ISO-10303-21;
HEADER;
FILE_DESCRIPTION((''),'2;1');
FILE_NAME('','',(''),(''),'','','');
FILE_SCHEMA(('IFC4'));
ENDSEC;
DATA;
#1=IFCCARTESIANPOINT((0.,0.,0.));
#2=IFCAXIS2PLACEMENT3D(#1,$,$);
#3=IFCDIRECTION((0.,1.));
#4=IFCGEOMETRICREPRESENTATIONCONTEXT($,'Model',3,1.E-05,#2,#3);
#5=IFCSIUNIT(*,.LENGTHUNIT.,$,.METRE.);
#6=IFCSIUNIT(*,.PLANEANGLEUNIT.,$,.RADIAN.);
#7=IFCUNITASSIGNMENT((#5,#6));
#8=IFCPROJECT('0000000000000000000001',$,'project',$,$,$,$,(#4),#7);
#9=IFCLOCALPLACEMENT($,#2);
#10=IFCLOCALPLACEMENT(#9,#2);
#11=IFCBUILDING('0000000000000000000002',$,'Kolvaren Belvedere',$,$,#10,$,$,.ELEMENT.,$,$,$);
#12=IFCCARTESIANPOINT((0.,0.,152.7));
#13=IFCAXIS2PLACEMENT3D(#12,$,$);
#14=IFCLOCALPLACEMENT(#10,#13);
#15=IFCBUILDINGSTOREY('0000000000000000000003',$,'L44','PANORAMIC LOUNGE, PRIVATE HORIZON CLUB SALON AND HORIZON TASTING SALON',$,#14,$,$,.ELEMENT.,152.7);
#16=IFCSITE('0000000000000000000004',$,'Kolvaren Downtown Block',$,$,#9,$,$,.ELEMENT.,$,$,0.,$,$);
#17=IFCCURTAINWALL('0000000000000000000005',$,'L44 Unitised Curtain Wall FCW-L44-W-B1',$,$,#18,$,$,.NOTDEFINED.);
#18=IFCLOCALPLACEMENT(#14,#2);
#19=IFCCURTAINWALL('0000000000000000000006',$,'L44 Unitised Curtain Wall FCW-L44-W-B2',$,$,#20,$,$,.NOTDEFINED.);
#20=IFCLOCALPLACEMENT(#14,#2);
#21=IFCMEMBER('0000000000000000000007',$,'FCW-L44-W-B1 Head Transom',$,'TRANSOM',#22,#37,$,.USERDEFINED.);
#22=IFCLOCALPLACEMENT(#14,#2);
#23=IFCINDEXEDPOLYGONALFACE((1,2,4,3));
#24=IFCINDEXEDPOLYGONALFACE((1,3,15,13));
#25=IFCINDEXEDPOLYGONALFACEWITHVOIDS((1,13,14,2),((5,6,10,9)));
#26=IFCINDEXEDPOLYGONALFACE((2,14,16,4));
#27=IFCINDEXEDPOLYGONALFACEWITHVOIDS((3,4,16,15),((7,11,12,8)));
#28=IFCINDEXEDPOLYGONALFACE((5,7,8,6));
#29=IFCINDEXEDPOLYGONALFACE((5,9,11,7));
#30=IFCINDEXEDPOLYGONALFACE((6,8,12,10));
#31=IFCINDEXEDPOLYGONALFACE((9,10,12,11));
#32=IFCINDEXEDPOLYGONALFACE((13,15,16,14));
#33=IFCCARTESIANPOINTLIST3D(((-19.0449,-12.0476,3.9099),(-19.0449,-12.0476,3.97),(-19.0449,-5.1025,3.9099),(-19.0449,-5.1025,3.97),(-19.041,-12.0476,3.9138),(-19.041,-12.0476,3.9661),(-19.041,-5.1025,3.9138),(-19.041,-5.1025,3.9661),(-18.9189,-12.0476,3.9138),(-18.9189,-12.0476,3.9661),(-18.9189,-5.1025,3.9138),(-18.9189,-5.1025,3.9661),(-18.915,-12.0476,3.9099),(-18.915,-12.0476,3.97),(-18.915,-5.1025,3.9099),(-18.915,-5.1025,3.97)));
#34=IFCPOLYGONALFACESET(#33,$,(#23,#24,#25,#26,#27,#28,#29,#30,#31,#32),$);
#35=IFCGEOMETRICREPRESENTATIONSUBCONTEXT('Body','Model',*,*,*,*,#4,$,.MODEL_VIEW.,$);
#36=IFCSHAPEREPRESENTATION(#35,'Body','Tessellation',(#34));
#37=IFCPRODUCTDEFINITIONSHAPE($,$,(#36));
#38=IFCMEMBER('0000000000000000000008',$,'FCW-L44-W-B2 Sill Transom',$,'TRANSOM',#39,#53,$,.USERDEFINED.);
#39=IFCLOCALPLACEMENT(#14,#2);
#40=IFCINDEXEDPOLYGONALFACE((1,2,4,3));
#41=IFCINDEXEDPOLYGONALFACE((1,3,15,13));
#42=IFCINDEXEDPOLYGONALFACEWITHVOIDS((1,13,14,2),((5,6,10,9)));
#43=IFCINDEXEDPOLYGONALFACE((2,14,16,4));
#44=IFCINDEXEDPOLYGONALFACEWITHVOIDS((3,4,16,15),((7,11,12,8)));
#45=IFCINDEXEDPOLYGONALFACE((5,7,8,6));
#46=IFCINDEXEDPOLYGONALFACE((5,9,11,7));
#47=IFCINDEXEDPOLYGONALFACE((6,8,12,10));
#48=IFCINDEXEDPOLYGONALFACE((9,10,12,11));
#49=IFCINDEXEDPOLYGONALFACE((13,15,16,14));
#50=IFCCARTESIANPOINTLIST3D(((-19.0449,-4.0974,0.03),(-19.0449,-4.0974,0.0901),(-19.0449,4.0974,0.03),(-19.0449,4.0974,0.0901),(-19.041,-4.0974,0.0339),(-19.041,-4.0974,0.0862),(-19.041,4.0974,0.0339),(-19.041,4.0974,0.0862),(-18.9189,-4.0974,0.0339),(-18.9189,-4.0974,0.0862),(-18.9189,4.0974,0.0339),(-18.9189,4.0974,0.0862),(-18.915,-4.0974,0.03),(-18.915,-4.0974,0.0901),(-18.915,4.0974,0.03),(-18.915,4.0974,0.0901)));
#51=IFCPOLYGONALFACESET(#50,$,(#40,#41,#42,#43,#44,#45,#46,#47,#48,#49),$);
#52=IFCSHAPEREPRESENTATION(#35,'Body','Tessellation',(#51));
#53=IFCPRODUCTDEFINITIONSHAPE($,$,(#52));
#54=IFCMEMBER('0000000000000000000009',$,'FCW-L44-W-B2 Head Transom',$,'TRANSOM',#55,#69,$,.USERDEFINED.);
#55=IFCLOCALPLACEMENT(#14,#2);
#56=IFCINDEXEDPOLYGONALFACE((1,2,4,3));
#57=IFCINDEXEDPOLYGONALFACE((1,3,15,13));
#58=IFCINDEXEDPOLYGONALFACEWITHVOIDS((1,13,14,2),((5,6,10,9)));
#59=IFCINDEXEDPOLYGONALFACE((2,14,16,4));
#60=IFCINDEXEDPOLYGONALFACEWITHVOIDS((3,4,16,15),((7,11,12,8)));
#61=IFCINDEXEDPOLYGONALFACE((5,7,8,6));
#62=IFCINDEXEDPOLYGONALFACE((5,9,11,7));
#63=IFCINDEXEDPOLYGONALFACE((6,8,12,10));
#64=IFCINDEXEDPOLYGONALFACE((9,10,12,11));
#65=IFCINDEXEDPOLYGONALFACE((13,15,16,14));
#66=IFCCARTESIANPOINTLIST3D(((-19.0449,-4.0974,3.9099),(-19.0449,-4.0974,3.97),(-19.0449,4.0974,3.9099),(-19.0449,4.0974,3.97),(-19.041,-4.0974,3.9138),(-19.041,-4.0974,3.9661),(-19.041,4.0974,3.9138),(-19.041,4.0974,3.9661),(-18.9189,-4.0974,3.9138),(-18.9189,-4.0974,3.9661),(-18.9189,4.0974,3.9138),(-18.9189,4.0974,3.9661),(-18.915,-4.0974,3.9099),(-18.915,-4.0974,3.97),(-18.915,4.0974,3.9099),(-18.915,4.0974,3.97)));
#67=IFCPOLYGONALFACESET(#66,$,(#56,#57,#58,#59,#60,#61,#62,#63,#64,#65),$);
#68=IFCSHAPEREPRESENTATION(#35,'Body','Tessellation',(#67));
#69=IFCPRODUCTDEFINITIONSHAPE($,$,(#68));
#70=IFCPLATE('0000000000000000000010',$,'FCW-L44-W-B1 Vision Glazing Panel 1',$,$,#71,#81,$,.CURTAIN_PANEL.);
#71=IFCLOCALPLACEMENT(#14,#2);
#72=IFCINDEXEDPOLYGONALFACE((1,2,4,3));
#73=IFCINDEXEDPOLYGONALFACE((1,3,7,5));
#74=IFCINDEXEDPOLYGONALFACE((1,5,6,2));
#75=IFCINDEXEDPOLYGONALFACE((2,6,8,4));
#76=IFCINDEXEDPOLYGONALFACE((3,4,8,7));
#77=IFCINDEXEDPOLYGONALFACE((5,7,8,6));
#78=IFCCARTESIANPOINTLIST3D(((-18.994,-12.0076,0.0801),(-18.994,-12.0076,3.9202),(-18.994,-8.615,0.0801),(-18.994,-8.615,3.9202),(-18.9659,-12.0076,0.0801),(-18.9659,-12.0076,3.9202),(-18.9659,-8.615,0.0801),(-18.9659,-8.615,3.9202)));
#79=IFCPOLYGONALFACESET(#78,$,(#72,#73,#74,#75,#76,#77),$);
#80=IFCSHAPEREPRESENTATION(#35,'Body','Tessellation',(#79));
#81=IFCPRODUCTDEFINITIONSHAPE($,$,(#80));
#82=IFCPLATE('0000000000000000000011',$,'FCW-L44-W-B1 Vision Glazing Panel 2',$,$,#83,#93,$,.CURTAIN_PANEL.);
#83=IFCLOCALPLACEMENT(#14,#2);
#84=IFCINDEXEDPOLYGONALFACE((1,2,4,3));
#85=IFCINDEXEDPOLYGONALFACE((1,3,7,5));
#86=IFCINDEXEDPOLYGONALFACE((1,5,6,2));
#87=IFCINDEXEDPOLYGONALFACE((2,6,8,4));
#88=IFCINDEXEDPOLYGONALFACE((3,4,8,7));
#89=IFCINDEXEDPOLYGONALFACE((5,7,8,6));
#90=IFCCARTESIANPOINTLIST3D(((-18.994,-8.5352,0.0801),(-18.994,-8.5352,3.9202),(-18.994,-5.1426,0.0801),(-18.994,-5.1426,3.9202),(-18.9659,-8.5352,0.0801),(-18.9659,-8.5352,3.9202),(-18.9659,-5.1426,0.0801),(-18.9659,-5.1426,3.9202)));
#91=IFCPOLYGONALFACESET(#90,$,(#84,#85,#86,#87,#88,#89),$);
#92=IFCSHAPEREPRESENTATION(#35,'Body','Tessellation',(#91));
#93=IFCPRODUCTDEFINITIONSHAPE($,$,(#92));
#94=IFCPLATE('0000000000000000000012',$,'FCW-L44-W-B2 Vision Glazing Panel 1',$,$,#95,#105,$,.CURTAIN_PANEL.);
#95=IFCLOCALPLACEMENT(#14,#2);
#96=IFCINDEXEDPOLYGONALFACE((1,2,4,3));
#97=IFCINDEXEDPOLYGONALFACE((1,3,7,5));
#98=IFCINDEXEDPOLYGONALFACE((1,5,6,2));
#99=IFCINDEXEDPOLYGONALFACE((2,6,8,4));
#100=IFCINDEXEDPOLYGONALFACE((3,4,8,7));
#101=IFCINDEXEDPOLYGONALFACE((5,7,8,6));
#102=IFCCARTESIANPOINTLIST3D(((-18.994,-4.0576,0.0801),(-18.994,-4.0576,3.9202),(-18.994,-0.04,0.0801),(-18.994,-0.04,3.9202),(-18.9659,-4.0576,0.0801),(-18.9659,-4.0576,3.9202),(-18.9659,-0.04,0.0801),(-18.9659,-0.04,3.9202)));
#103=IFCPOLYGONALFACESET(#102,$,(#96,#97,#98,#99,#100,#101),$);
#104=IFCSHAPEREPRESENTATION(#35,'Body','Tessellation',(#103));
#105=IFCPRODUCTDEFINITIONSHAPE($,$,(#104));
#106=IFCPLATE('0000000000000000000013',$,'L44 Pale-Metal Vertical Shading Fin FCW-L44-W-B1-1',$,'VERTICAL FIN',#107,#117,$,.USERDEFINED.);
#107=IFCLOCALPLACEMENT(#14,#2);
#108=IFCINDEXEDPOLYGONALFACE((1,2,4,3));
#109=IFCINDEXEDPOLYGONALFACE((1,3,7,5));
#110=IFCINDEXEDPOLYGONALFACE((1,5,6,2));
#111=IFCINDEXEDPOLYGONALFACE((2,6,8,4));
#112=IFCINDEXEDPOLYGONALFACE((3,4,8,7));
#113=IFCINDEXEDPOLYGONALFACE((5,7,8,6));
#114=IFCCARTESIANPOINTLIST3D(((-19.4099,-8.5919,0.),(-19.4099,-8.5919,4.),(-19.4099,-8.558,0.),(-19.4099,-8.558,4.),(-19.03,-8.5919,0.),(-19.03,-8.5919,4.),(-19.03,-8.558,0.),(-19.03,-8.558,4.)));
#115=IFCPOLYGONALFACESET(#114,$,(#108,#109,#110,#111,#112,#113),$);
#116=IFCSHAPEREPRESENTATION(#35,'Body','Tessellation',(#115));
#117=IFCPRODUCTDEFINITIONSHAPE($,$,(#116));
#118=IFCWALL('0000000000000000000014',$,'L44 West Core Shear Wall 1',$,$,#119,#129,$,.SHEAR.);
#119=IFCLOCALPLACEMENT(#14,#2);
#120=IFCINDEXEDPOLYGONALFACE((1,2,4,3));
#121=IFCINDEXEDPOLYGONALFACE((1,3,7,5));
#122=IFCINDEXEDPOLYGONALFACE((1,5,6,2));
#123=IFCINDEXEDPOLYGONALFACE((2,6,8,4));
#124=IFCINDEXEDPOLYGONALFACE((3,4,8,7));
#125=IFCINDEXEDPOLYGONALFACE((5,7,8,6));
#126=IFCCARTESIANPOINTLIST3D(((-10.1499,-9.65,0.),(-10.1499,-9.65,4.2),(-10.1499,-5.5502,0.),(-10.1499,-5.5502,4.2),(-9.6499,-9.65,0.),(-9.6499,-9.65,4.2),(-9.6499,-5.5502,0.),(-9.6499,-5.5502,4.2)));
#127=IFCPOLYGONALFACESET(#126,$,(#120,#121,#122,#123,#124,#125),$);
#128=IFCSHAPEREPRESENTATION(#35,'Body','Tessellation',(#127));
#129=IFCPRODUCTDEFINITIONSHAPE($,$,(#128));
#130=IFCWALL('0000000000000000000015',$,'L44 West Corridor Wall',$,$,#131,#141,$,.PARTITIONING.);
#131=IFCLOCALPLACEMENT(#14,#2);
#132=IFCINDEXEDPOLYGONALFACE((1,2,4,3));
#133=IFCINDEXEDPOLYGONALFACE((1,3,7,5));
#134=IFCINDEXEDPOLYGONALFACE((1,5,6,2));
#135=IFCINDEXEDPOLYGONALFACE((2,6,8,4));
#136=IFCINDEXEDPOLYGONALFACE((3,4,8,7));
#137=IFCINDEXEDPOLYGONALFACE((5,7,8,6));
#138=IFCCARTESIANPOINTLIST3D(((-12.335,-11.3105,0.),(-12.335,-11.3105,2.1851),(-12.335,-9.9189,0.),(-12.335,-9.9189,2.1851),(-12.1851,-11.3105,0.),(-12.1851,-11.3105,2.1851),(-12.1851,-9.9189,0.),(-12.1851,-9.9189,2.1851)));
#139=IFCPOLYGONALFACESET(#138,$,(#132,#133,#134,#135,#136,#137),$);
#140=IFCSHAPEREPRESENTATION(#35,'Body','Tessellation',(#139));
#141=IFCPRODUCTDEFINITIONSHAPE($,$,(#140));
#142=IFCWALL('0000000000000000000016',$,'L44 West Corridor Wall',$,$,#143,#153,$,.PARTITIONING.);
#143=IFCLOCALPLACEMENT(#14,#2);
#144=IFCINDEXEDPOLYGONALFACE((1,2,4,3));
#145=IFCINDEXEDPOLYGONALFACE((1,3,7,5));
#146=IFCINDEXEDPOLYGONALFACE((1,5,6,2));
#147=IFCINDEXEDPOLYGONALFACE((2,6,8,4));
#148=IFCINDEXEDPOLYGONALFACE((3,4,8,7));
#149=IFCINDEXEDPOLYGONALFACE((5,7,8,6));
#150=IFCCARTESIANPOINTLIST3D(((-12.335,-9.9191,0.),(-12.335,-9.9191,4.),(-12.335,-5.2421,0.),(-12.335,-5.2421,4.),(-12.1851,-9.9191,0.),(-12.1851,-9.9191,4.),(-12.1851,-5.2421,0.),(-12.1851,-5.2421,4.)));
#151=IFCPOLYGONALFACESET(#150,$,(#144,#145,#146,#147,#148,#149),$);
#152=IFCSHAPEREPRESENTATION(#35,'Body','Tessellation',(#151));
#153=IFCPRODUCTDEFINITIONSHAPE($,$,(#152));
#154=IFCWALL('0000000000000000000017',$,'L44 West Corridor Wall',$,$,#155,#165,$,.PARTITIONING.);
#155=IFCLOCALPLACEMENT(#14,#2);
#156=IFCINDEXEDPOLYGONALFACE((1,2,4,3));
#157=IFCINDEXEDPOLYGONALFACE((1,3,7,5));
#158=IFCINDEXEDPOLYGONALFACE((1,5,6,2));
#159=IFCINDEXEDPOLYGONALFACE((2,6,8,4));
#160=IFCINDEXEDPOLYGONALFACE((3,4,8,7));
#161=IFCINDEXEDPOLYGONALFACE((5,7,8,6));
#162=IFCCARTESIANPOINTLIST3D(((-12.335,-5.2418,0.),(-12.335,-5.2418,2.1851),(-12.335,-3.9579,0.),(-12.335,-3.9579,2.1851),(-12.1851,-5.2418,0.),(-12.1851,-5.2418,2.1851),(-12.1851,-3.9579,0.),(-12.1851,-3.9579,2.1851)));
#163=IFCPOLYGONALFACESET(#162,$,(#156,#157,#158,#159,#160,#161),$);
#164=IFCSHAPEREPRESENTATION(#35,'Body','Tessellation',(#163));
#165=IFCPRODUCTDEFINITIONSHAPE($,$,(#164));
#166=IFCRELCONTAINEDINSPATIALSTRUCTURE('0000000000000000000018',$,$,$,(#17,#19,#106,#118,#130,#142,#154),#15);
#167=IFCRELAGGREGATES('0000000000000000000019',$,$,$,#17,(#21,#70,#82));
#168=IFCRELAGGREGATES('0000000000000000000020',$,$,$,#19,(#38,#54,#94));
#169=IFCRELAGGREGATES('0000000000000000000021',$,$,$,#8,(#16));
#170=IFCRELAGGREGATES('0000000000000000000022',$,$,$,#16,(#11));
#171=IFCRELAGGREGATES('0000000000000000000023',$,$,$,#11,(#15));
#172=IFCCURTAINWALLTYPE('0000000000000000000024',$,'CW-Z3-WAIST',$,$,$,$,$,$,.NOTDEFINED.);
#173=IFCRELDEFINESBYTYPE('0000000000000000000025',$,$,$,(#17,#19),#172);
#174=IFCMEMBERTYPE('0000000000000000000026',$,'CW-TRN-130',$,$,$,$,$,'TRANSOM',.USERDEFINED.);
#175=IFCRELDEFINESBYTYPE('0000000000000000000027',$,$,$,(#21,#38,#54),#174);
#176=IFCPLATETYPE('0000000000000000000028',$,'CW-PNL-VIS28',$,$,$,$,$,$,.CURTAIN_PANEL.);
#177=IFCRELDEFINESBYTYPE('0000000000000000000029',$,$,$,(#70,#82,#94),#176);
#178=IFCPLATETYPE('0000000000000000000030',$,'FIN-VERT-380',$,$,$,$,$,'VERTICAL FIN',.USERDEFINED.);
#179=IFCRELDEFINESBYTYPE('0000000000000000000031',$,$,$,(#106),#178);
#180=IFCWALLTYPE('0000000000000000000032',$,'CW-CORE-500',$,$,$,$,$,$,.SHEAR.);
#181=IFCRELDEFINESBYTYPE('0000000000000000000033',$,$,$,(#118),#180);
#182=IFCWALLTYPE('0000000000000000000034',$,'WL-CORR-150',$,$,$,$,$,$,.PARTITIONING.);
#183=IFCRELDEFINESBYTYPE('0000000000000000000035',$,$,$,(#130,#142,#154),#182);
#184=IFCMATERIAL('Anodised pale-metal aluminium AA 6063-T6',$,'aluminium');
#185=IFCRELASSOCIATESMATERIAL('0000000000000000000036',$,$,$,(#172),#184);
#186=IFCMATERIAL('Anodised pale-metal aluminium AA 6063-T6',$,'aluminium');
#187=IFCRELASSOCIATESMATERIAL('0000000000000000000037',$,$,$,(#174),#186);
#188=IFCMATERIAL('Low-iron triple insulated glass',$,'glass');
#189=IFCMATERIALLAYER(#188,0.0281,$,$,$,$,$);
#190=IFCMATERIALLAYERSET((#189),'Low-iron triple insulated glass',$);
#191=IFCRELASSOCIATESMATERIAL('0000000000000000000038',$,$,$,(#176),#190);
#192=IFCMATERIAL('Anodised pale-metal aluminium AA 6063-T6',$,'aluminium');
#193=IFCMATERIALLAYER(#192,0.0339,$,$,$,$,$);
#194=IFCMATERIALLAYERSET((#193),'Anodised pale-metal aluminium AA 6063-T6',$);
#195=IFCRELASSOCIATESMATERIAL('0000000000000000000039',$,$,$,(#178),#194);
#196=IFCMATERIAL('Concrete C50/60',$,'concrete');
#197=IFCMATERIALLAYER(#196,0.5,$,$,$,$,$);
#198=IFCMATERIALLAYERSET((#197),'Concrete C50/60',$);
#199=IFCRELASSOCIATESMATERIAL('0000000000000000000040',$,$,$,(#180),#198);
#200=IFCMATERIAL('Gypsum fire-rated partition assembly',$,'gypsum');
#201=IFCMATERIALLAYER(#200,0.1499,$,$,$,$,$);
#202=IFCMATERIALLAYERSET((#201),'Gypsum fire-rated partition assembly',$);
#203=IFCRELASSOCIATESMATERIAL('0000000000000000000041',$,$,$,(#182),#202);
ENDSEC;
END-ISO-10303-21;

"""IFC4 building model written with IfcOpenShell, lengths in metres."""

from ifc_helpers import new_model, si_unit, direction, frame, frame_2d, origin, origin_2d, place, context, subcontext, project, spatial, rectangle, hollow_rectangle, extrude, material, layer, layer_set, material_profile, profile_set, type_object, element, aggregate, save


model = new_model("IFC4")

# Units and contexts
model_context = context("Model", 3, precision=1e-05, world=origin(), true_north=direction((0.0, 1.0)))
body_context = subcontext(model_context, "Body", "Model", "MODEL_VIEW")
ifc_project = project(units=[si_unit("LENGTHUNIT", "METRE"), si_unit("PLANEANGLEUNIT", "RADIAN")], contexts=[model_context])

# Site, building, storey
site_placement = place(None, origin())
site = spatial("IfcSite", under=ifc_project, at=site_placement, Name="Kolvaren Downtown Block", CompositionType="ELEMENT", RefElevation=0.0)
building_placement = place(site_placement, origin())
building = spatial("IfcBuilding", under=site, at=building_placement, Name="Kolvaren Belvedere", CompositionType="ELEMENT")
storey_placement = place(building_placement, frame((0.0, 0.0, 152.7)))
storey = spatial("IfcBuildingStorey", under=building, at=storey_placement, Name="L44", Description="PANORAMIC LOUNGE, PRIVATE HORIZON CLUB SALON AND HORIZON TASTING SALON", CompositionType="ELEMENT", Elevation=152.7)

# Curtain wall
ifc_material_1 = material(Name="Anodised pale-metal aluminium AA 6063-T6", Category="aluminium")
curtain_wall_type = type_object("IfcCurtainWallType", Name="CW-Z3-WAIST", PredefinedType="NOTDEFINED", material=ifc_material_1)
curtain_wall_1_placement = place(storey_placement, origin())
curtain_wall_1 = element("IfcCurtainWall", 1, at=curtain_wall_1_placement, inside=storey, type_object=curtain_wall_type, Name="L44 Unitised Curtain Wall FCW-L44-W-B1", PredefinedType="NOTDEFINED")

# Curtain wall
curtain_wall_2_placement = place(storey_placement, origin())
curtain_wall_2 = element("IfcCurtainWall", 2, at=curtain_wall_2_placement, inside=storey, type_object=curtain_wall_type, Name="L44 Unitised Curtain Wall FCW-L44-W-B2", PredefinedType="NOTDEFINED")

# Members
ifc_material_2 = material(Name="Anodised pale-metal aluminium AA 6063-T6", Category="aluminium")
ifc_material_profile_1 = material_profile(ifc_material_2, hollow_rectangle(XDim=0.0601, YDim=0.1299, WallThickness=0.0039, at=origin_2d()), Name="ALU-TRN-130X60")
ifc_profile_set_1 = profile_set([ifc_material_profile_1], Name="Anodised pale-metal aluminium AA 6063-T6")
member_type_1 = type_object("IfcMemberType", Name="CW-TRN-130", ElementType="TRANSOM", PredefinedType="USERDEFINED", material=ifc_profile_set_1)
member_1_placement = place(storey_placement, frame((-18.98, -12.0476, 3.9399), z_axis=(0.0, 1.0, 0.0), x_axis=(0.0, 0.0, 1.0)))
member_1 = element("IfcMember", 3, at=member_1_placement, type_object=member_type_1, Name="FCW-L44-W-B1 Head Transom", ObjectType="TRANSOM", PredefinedType="USERDEFINED", context=body_context, shape_type="SweptSolid", body=[
    extrude(hollow_rectangle(XDim=0.0601, YDim=0.1299, WallThickness=0.0039, at=origin_2d()), origin(), (0.0, 0.0, 1.0), 6.9451),
])
member_2_placement = place(storey_placement, frame((-18.98, -4.0974, 0.0601), z_axis=(0.0, 1.0, 0.0), x_axis=(0.0, 0.0, 1.0)))
member_2 = element("IfcMember", 4, at=member_2_placement, type_object=member_type_1, Name="FCW-L44-W-B2 Sill Transom", ObjectType="TRANSOM", PredefinedType="USERDEFINED", context=body_context, shape_type="SweptSolid", body=[
    extrude(hollow_rectangle(XDim=0.0601, YDim=0.1299, WallThickness=0.0039, at=origin_2d()), origin(), (0.0, 0.0, 1.0), 8.1948),
])
member_3_placement = place(storey_placement, frame((-18.98, -4.0974, 3.9399), z_axis=(0.0, 1.0, 0.0), x_axis=(0.0, 0.0, 1.0)))
member_3 = element("IfcMember", 5, at=member_3_placement, type_object=member_type_1, Name="FCW-L44-W-B2 Head Transom", ObjectType="TRANSOM", PredefinedType="USERDEFINED", context=body_context, shape_type="SweptSolid", body=[
    extrude(hollow_rectangle(XDim=0.0601, YDim=0.1299, WallThickness=0.0039, at=origin_2d()), origin(), (0.0, 0.0, 1.0), 8.1948),
])

# Plates
ifc_material_3 = material(Name="Low-iron triple insulated glass", Category="glass")
ifc_layer_1 = layer(ifc_material_3, 0.0281)
ifc_layer_set_1 = layer_set([ifc_layer_1], Name="Low-iron triple insulated glass")
plate_type_1 = type_object("IfcPlateType", Name="CW-PNL-VIS28", PredefinedType="CURTAIN_PANEL", material=ifc_layer_set_1)
plate_1_placement = place(storey_placement, frame((-18.98, -10.3113, 0.0801), z_axis=(0.0, 0.0, 1.0), x_axis=(0.0, 1.0, 0.0)))
plate_1 = element("IfcPlate", 6, at=plate_1_placement, type_object=plate_type_1, Name="FCW-L44-W-B1 Vision Glazing Panel 1", PredefinedType="CURTAIN_PANEL", context=body_context, shape_type="SweptSolid", body=[
    extrude(rectangle(XDim=3.3926, YDim=0.0281, at=origin_2d()), origin(), (0.0, 0.0, 1.0), 3.8401),
])
plate_2_placement = place(storey_placement, frame((-18.98, -6.8389, 0.0801), z_axis=(0.0, 0.0, 1.0), x_axis=(0.0, 1.0, 0.0)))
plate_2 = element("IfcPlate", 7, at=plate_2_placement, type_object=plate_type_1, Name="FCW-L44-W-B1 Vision Glazing Panel 2", PredefinedType="CURTAIN_PANEL", context=body_context, shape_type="SweptSolid", body=[
    extrude(rectangle(XDim=3.3926, YDim=0.0281, at=origin_2d()), origin(), (0.0, 0.0, 1.0), 3.8401),
])
aggregate(curtain_wall_1, [member_1, plate_1, plate_2])
plate_3_placement = place(storey_placement, frame((-18.98, -2.0488, 0.0801), z_axis=(0.0, 0.0, 1.0), x_axis=(0.0, 1.0, 0.0)))
plate_3 = element("IfcPlate", 8, at=plate_3_placement, type_object=plate_type_1, Name="FCW-L44-W-B2 Vision Glazing Panel 1", PredefinedType="CURTAIN_PANEL", context=body_context, shape_type="SweptSolid", body=[
    extrude(rectangle(XDim=4.0176, YDim=0.0281, at=origin_2d()), origin(), (0.0, 0.0, 1.0), 3.8401),
])
aggregate(curtain_wall_2, [member_2, member_3, plate_3])
ifc_material_4 = material(Name="Anodised pale-metal aluminium AA 6063-T6", Category="aluminium")
ifc_layer_2 = layer(ifc_material_4, 0.0339)
ifc_layer_set_2 = layer_set([ifc_layer_2], Name="Anodised pale-metal aluminium AA 6063-T6")
plate_type_2 = type_object("IfcPlateType", Name="FIN-VERT-380", ElementType="VERTICAL FIN", PredefinedType="USERDEFINED", material=ifc_layer_set_2)
plate_4_placement = place(storey_placement, frame((-19.22, -8.575, 0.0), z_axis=(0.0, 0.0, 1.0), x_axis=(1.0, 0.0, 0.0)))
element("IfcPlate", 9, at=plate_4_placement, inside=storey, type_object=plate_type_2, Name="L44 Pale-Metal Vertical Shading Fin FCW-L44-W-B1-1", ObjectType="VERTICAL FIN", PredefinedType="USERDEFINED", context=body_context, shape_type="SweptSolid", body=[
    extrude(rectangle(XDim=0.3799, YDim=0.0339, at=origin_2d()), origin(), (0.0, 0.0, 1.0), 4.0),
])

# Walls
ifc_material_5 = material(Name="Concrete C50/60", Category="concrete")
ifc_layer_3 = layer(ifc_material_5, 0.5)
ifc_layer_set_3 = layer_set([ifc_layer_3], Name="Concrete C50/60")
wall_type_1 = type_object("IfcWallType", Name="CW-CORE-500", PredefinedType="SHEAR", material=ifc_layer_set_3)
wall_1_placement = place(storey_placement, frame((-9.8999, -9.6499, 0.0), z_axis=(0.0, 0.0, 1.0), x_axis=(0.0, 1.0, 0.0)))
element("IfcWall", 10, at=wall_1_placement, inside=storey, type_object=wall_type_1, Name="L44 West Core Shear Wall 1", PredefinedType="SHEAR", context=body_context, shape_type="SweptSolid", body=[
    extrude(rectangle(XDim=4.0999, YDim=0.5, at=frame_2d((2.0498, 0.0))), origin(), (0.0, 0.0, 1.0), 4.2),
])
ifc_material_6 = material(Name="Gypsum fire-rated partition assembly", Category="gypsum")
ifc_layer_4 = layer(ifc_material_6, 0.1499)
ifc_layer_set_4 = layer_set([ifc_layer_4], Name="Gypsum fire-rated partition assembly")
wall_type_2 = type_object("IfcWallType", Name="WL-CORR-150", PredefinedType="PARTITIONING", material=ifc_layer_set_4)
wall_2_placement = place(storey_placement, frame((-12.26, -11.3105, 0.0), z_axis=(0.0, 0.0, 1.0), x_axis=(0.0, 1.0, 0.0)))
element("IfcWall", 11, at=wall_2_placement, inside=storey, type_object=wall_type_2, Name="L44 West Corridor Wall", PredefinedType="PARTITIONING", context=body_context, shape_type="SweptSolid", body=[
    extrude(rectangle(XDim=1.3916, YDim=0.1499, at=frame_2d((0.6958, 0.0))), origin(), (0.0, 0.0, 1.0), 2.1851),
])
wall_3_placement = place(storey_placement, frame((-12.26, -9.9189, 0.0), z_axis=(0.0, 0.0, 1.0), x_axis=(0.0, 1.0, 0.0)))
element("IfcWall", 12, at=wall_3_placement, inside=storey, type_object=wall_type_2, Name="L44 West Corridor Wall", PredefinedType="PARTITIONING", context=body_context, shape_type="SweptSolid", body=[
    extrude(rectangle(XDim=4.677, YDim=0.1499, at=frame_2d((2.3384, 0.0))), origin(), (0.0, 0.0, 1.0), 4.0),
])
wall_4_placement = place(storey_placement, frame((-12.26, -5.2419, 0.0), z_axis=(0.0, 0.0, 1.0), x_axis=(0.0, 1.0, 0.0)))
element("IfcWall", 13, at=wall_4_placement, inside=storey, type_object=wall_type_2, Name="L44 West Corridor Wall", PredefinedType="PARTITIONING", context=body_context, shape_type="SweptSolid", body=[
    extrude(rectangle(XDim=1.2839, YDim=0.1499, at=frame_2d((0.6421, 0.0))), origin(), (0.0, 0.0, 1.0), 2.1851),
])

save(model, "model.ifc")
